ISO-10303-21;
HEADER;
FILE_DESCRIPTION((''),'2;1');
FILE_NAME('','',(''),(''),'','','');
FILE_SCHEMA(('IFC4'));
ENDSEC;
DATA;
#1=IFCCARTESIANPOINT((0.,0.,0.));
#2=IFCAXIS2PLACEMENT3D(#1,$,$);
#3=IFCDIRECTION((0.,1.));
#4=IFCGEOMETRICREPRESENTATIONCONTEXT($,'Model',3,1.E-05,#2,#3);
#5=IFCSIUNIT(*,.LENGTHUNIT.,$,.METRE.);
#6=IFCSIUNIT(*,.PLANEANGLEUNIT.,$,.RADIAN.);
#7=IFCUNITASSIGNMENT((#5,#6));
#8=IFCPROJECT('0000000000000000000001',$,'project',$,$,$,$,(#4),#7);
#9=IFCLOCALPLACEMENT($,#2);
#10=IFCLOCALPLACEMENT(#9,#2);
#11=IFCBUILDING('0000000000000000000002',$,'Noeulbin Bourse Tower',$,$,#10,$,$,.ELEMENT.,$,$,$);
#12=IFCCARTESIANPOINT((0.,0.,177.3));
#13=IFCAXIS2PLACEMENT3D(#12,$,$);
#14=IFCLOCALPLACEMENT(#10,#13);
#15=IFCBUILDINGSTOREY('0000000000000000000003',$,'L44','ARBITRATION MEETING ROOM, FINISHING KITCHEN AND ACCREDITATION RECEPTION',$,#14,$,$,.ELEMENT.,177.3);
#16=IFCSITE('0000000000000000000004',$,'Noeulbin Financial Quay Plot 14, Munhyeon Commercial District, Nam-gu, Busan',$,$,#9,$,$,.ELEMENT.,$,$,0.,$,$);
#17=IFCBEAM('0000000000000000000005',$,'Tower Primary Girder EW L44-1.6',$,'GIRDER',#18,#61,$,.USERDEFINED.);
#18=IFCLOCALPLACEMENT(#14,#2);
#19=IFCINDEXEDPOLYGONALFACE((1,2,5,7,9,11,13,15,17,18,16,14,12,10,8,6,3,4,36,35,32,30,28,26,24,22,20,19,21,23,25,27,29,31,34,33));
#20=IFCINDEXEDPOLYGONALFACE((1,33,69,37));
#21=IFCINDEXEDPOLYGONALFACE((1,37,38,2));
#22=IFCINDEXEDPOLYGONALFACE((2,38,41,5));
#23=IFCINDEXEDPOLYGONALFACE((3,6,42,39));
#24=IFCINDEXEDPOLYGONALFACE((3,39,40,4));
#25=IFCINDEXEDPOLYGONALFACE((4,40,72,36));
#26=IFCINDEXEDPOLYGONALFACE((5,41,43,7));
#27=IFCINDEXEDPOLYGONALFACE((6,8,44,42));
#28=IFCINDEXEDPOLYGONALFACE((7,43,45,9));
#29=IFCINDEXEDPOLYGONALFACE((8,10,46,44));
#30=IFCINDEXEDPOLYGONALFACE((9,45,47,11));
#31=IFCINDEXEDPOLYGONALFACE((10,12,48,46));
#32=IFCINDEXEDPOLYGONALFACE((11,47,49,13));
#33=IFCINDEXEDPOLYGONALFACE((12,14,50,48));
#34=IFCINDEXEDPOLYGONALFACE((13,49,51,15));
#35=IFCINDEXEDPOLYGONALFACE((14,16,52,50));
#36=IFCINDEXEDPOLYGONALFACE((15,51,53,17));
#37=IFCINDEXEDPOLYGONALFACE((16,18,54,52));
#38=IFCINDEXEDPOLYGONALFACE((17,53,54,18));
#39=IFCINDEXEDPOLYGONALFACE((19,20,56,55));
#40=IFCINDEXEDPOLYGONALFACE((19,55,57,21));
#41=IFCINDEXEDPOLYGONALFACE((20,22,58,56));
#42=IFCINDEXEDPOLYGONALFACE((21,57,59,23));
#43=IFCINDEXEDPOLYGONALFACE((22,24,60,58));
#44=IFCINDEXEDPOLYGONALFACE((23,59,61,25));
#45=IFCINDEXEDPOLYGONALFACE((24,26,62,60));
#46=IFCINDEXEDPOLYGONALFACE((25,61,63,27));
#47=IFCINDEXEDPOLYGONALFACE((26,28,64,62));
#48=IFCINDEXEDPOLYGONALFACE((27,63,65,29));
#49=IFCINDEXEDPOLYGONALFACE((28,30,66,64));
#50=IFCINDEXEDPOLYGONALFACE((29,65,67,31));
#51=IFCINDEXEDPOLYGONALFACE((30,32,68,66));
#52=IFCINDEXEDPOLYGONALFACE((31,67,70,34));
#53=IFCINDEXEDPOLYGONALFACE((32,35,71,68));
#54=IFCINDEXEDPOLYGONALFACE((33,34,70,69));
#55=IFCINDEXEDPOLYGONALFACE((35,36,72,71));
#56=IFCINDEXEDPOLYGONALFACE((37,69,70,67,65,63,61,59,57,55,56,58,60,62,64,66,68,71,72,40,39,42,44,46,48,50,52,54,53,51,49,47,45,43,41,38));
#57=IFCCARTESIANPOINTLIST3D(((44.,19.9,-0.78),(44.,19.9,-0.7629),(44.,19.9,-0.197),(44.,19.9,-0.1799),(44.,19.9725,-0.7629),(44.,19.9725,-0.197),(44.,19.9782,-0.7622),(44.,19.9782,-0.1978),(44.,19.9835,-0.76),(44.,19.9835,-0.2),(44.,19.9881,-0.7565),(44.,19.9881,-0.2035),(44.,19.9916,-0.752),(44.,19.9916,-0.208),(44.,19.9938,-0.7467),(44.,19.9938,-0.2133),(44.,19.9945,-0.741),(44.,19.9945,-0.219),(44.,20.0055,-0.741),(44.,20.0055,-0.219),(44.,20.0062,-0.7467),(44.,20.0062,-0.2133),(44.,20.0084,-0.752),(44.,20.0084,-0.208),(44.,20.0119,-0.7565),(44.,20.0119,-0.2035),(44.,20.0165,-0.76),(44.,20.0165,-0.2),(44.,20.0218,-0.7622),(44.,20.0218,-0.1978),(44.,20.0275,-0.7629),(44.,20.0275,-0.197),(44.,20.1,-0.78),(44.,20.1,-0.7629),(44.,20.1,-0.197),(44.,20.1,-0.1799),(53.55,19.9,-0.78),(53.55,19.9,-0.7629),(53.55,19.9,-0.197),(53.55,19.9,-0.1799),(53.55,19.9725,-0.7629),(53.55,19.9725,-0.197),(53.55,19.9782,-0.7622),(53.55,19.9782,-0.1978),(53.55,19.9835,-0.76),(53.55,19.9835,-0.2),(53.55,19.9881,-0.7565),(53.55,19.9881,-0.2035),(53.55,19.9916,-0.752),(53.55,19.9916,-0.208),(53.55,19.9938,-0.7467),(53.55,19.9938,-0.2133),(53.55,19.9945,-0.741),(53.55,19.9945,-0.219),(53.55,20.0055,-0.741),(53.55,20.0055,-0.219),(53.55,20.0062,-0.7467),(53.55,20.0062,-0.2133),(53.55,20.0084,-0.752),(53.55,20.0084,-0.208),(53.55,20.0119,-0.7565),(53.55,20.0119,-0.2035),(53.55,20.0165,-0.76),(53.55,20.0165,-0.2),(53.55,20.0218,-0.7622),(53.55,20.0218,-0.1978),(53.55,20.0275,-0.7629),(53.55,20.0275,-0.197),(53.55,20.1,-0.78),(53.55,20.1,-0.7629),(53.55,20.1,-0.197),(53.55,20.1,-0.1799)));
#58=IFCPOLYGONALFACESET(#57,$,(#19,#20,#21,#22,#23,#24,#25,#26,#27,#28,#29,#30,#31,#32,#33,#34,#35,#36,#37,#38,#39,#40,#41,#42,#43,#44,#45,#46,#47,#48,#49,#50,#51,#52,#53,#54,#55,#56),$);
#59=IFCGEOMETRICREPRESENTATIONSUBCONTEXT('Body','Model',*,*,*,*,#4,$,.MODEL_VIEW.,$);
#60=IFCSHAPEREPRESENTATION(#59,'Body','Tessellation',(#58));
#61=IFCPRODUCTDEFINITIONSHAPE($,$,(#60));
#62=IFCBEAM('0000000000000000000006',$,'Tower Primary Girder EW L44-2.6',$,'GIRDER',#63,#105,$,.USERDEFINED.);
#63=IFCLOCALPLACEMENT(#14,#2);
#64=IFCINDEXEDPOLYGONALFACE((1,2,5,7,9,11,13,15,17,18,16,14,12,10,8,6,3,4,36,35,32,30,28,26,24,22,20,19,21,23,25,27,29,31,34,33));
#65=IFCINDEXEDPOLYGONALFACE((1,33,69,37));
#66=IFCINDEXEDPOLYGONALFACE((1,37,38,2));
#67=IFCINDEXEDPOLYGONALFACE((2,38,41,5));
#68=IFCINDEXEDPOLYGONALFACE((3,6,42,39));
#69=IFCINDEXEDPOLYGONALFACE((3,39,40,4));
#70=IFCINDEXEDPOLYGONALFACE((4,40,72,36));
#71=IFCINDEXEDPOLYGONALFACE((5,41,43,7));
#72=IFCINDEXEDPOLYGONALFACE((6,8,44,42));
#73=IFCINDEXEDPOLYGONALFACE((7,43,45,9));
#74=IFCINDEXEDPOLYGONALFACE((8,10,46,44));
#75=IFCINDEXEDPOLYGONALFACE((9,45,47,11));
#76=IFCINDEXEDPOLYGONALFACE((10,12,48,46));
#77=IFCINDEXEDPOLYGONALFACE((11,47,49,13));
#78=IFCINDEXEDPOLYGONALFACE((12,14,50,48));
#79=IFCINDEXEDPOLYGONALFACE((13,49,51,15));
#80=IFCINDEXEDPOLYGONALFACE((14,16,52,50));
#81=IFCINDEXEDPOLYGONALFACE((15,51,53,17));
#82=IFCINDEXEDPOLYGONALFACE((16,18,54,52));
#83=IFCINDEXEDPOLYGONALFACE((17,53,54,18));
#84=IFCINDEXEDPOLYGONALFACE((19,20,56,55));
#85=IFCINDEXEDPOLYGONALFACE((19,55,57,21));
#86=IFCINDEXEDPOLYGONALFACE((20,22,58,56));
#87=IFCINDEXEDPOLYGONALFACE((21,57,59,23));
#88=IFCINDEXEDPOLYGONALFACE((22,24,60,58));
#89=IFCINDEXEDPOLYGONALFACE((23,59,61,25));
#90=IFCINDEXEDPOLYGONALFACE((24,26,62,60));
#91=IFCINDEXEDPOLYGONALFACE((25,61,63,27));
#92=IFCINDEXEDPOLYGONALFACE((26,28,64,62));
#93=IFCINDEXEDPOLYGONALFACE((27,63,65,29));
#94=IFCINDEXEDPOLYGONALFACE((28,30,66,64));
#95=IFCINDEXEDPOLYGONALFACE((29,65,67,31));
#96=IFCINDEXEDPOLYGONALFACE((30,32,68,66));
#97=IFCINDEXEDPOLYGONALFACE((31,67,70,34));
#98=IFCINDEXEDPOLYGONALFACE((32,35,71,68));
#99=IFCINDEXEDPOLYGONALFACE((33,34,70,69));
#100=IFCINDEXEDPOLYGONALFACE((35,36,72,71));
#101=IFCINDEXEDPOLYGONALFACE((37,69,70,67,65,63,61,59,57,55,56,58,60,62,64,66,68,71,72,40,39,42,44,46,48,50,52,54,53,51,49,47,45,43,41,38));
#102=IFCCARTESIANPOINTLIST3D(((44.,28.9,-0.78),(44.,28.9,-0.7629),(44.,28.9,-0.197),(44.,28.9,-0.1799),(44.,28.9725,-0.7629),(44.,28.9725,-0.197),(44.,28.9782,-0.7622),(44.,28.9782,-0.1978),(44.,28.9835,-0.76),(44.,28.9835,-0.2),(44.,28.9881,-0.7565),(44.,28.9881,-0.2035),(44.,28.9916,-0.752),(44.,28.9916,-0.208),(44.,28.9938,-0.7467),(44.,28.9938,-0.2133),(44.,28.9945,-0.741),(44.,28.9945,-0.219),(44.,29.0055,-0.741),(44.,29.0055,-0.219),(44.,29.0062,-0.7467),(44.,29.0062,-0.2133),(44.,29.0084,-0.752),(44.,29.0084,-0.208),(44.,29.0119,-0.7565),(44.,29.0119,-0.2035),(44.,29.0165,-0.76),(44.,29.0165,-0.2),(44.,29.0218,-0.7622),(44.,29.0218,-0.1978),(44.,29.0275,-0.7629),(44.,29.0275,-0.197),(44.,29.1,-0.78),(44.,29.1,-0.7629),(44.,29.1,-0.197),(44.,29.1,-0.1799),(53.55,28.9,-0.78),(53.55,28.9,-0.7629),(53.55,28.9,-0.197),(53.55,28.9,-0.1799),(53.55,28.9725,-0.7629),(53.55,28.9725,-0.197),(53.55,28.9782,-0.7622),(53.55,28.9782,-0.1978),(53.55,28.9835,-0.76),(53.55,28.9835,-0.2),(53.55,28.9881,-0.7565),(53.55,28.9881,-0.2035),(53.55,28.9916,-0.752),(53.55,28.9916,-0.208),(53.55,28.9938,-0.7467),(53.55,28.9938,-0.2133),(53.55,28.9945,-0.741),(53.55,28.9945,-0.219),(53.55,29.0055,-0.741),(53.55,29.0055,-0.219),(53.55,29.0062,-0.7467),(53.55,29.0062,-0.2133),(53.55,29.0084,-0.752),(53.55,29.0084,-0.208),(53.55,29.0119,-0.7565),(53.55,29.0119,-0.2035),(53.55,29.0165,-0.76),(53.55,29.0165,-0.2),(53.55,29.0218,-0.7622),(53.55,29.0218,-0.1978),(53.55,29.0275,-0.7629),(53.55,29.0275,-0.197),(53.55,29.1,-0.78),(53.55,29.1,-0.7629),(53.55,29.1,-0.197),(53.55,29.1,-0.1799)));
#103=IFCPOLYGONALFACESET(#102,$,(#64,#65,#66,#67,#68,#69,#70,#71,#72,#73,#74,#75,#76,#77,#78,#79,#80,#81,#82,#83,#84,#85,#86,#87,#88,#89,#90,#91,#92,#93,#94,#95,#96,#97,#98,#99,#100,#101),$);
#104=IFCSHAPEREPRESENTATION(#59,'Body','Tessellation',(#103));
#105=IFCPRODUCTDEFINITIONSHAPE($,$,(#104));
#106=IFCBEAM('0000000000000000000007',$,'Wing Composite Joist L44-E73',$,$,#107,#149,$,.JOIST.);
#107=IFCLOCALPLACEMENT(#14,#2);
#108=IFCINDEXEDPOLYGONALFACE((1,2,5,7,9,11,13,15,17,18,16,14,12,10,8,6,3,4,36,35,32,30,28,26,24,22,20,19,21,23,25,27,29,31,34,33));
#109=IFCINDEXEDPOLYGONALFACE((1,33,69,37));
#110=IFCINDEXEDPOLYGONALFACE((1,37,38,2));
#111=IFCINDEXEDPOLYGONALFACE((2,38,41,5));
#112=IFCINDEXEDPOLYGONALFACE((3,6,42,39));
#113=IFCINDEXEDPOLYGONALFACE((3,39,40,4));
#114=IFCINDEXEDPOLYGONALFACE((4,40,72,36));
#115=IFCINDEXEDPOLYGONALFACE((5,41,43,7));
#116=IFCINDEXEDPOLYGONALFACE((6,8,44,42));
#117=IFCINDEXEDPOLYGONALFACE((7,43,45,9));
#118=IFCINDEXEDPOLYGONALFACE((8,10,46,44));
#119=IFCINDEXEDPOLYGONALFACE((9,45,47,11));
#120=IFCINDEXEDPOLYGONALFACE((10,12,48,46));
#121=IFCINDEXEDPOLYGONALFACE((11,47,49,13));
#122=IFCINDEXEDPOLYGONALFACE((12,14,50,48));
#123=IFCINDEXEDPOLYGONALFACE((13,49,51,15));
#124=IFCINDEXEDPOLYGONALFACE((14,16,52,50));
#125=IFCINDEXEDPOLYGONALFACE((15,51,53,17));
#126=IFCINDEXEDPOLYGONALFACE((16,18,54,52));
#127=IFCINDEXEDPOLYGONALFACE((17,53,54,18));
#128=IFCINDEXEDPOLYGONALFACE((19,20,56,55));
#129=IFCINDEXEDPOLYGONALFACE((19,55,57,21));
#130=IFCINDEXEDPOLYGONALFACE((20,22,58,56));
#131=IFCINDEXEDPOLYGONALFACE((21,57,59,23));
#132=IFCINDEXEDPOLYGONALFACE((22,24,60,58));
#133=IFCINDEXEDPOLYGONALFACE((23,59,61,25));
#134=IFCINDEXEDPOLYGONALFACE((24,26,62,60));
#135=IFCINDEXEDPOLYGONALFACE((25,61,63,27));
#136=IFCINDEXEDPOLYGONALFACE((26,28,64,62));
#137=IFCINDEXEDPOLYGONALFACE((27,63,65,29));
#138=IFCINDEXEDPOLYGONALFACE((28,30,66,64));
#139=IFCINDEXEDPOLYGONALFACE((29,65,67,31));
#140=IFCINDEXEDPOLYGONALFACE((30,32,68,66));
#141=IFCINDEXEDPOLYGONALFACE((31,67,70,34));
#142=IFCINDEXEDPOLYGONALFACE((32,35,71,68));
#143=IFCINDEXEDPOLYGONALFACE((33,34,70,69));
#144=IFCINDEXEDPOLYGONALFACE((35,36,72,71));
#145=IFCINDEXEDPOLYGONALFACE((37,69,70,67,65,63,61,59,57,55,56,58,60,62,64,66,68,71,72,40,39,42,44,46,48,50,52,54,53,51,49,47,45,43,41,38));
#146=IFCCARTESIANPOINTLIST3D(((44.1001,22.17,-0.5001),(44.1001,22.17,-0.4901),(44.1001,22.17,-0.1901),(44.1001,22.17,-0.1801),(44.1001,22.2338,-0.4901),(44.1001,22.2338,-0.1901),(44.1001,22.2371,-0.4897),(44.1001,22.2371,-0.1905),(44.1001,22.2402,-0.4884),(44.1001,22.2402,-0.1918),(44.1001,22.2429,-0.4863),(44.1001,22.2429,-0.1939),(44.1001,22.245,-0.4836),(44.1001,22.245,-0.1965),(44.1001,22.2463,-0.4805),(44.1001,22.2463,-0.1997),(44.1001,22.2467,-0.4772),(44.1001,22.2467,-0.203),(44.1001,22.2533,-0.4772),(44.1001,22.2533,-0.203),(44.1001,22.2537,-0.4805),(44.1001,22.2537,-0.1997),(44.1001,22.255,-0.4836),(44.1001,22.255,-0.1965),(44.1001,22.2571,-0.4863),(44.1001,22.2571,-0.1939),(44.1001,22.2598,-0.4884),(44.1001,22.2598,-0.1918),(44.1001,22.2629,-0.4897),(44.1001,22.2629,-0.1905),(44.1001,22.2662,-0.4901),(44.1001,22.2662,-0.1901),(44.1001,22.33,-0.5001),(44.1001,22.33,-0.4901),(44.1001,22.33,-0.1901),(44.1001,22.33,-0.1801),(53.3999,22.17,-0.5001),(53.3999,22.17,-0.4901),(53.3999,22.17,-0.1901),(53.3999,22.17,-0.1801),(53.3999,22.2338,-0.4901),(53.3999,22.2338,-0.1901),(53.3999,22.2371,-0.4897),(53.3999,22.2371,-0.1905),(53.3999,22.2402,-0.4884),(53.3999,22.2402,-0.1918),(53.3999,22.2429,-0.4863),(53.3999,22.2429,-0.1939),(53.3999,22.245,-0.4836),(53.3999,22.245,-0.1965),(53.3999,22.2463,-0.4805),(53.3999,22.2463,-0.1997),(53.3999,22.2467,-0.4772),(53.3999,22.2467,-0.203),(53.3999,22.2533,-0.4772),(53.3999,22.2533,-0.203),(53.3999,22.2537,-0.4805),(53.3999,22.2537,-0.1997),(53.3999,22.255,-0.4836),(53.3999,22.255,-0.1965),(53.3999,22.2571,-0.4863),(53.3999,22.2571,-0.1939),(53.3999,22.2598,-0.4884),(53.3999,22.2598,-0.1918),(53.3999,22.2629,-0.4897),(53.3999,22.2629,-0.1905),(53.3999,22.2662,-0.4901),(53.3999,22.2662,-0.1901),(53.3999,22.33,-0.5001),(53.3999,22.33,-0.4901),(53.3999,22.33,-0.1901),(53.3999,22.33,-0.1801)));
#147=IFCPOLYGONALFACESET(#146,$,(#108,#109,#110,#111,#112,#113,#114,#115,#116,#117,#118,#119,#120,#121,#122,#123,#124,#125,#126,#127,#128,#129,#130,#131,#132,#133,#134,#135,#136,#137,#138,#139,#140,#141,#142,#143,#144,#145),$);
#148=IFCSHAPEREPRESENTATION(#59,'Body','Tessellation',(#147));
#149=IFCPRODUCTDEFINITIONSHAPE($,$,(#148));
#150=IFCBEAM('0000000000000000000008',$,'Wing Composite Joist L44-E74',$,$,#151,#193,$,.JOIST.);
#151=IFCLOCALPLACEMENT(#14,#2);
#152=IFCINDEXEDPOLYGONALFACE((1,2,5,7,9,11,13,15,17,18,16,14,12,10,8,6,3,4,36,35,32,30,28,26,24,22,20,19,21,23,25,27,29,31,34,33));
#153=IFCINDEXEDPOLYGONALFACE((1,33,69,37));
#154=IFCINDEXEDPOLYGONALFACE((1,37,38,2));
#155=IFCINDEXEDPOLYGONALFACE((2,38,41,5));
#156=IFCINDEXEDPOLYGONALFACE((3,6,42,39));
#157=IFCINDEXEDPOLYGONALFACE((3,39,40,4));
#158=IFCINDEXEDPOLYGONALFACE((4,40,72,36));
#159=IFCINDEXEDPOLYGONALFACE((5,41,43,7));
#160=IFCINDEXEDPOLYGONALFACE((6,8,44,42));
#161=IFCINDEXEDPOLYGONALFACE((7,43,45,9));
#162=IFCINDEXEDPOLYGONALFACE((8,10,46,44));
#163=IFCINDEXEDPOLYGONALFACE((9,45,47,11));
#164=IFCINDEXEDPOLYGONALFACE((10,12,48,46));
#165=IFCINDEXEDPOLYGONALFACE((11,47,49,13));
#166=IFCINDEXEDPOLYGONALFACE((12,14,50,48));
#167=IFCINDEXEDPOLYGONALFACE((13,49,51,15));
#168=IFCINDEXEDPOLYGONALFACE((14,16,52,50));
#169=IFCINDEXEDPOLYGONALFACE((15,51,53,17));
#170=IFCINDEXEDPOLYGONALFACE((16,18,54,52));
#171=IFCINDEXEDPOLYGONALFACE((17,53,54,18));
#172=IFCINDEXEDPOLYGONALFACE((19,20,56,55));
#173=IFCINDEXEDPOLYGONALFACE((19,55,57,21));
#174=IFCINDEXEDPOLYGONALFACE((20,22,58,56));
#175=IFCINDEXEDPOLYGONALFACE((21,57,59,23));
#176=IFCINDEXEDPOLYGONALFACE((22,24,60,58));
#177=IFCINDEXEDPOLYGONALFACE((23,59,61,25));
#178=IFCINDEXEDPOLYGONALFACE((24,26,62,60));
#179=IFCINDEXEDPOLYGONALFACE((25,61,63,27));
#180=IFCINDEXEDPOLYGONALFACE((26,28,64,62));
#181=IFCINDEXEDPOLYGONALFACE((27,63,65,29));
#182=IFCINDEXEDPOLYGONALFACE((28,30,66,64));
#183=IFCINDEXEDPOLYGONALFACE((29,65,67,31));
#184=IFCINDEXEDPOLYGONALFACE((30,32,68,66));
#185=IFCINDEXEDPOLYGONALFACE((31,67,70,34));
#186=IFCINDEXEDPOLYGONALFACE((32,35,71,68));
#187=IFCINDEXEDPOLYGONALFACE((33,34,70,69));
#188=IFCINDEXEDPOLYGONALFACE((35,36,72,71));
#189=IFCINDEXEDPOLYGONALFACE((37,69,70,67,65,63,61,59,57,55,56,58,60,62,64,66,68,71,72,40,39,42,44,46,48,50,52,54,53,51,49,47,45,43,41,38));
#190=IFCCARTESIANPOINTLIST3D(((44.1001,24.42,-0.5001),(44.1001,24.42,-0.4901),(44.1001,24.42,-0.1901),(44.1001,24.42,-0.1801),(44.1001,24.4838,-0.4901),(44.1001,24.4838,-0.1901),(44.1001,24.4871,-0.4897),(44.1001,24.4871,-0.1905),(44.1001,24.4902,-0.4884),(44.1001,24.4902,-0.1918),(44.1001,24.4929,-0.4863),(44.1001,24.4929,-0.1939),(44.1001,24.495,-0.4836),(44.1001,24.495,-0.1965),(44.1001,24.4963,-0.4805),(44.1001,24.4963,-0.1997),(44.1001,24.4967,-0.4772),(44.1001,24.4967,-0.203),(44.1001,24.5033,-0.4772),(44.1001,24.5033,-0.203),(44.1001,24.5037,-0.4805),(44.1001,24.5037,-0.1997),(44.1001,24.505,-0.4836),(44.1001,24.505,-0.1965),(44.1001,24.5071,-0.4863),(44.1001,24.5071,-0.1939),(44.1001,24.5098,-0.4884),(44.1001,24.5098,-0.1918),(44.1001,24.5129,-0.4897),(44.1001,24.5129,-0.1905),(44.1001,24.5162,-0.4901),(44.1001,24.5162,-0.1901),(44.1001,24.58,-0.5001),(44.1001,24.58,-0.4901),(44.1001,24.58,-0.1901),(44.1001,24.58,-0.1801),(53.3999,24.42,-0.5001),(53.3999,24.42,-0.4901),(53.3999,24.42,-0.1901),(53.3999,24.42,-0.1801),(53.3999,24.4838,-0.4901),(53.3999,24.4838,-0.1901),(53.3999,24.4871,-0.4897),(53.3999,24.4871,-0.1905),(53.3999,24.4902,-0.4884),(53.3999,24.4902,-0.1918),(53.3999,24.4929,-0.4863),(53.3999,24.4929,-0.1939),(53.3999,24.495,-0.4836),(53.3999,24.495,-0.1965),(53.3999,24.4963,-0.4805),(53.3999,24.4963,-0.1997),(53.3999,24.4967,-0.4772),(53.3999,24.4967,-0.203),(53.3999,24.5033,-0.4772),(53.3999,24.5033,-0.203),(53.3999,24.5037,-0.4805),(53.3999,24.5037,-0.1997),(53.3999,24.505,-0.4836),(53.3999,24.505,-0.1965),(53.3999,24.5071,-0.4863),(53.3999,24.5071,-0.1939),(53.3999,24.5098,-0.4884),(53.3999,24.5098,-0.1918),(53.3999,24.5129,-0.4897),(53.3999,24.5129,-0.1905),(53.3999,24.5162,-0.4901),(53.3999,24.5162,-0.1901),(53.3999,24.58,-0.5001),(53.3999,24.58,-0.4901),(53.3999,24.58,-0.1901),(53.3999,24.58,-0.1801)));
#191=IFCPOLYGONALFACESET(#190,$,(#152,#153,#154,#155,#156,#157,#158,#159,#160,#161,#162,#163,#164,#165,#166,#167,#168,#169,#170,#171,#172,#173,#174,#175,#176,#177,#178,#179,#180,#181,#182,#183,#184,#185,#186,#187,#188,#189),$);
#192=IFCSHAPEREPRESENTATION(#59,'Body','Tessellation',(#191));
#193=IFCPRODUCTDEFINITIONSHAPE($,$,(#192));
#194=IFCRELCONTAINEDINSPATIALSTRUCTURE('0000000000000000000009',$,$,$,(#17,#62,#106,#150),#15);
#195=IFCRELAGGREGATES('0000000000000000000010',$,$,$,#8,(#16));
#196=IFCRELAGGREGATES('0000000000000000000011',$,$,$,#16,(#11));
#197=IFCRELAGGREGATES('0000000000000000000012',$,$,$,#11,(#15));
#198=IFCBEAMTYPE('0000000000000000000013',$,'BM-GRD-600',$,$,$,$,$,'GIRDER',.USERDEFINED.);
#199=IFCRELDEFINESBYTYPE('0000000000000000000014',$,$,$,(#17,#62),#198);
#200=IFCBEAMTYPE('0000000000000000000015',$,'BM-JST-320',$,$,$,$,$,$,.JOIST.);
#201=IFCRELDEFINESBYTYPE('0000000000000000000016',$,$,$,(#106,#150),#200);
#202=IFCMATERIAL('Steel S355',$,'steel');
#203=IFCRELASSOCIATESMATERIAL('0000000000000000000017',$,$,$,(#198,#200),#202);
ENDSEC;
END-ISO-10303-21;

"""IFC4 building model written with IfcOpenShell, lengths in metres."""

from ifc_helpers import new_model, si_unit, direction, frame, origin, origin_2d, place, context, subcontext, project, spatial, i_section, extrude, material, material_profile, profile_set, type_object, element, save


model = new_model("IFC4")

# Units and contexts
model_context = context("Model", 3, precision=1e-05, world=origin(), true_north=direction((0.0, 1.0)))
body_context = subcontext(model_context, "Body", "Model", "MODEL_VIEW")
ifc_project = project(units=[si_unit("LENGTHUNIT", "METRE"), si_unit("PLANEANGLEUNIT", "RADIAN")], contexts=[model_context])

# Site, building, storey
site_placement = place(None, origin())
site = spatial("IfcSite", under=ifc_project, at=site_placement, Name="Noeulbin Financial Quay Plot 14, Munhyeon Commercial District, Nam-gu, Busan", CompositionType="ELEMENT", RefElevation=0.0)
building_placement = place(site_placement, origin())
building = spatial("IfcBuilding", under=site, at=building_placement, Name="Noeulbin Bourse Tower", CompositionType="ELEMENT")
storey_placement = place(building_placement, frame((0.0, 0.0, 177.3)))
storey = spatial("IfcBuildingStorey", under=building, at=storey_placement, Name="L44", Description="ARBITRATION MEETING ROOM, FINISHING KITCHEN AND ACCREDITATION RECEPTION", CompositionType="ELEMENT", Elevation=177.3)

# Shared definitions
ifc_material_1 = material(Name="Steel S355", Category="steel")

# Beams
ifc_material_profile_1 = material_profile(ifc_material_1, i_section(OverallWidth=0.2, OverallDepth=0.6001, WebThickness=0.011, FlangeThickness=0.0171, FilletRadius=0.022, at=origin_2d()), Name="H-600x200x11x17", Category="LoadBearing")
ifc_profile_set_1 = profile_set([ifc_material_profile_1], Name="Steel S355")
beam_type_1 = type_object("IfcBeamType", Name="BM-GRD-600", ElementType="GIRDER", PredefinedType="USERDEFINED", material=ifc_profile_set_1)
for number, where, z_axis, x_axis, name in (
    (1, (44.0, 20.0, -0.48), (1.0, 0.0, 0.0), (0.0, 1.0, 0.0), "Tower Primary Girder EW L44-1.6"),
    (2, (44.0, 29.0, -0.48), (1.0, 0.0, 0.0), (0.0, 1.0, 0.0), "Tower Primary Girder EW L44-2.6"),
):
    element("IfcBeam", number, at=place(storey_placement, frame(where, z_axis=z_axis, x_axis=x_axis)), inside=storey, type_object=beam_type_1, Name=name, ObjectType="GIRDER", PredefinedType="USERDEFINED", context=body_context, shape_type="SweptSolid", body=[
        extrude(i_section(OverallWidth=0.2, OverallDepth=0.6001, WebThickness=0.011, FlangeThickness=0.0171, FilletRadius=0.022, at=origin_2d()), origin(), (0.0, 0.0, 1.0), 9.55),
    ])
ifc_material_profile_2 = material_profile(ifc_material_1, i_section(OverallWidth=0.1599, OverallDepth=0.3201, WebThickness=0.0066, FlangeThickness=0.01, FilletRadius=0.0129, at=origin_2d()), Name="H-320x160x6.5x10", Category="LoadBearing")
ifc_profile_set_2 = profile_set([ifc_material_profile_2], Name="Steel S355")
beam_type_2 = type_object("IfcBeamType", Name="BM-JST-320", PredefinedType="JOIST", material=ifc_profile_set_2)
for number, where, z_axis, x_axis, name in (
    (3, (44.1001, 22.25, -0.3401), (1.0, 0.0, 0.0), (0.0, 1.0, 0.0), "Wing Composite Joist L44-E73"),
    (4, (44.1001, 24.5, -0.3401), (1.0, 0.0, 0.0), (0.0, 1.0, 0.0), "Wing Composite Joist L44-E74"),
):
    element("IfcBeam", number, at=place(storey_placement, frame(where, z_axis=z_axis, x_axis=x_axis)), inside=storey, type_object=beam_type_2, Name=name, PredefinedType="JOIST", context=body_context, shape_type="SweptSolid", body=[
        extrude(i_section(OverallWidth=0.1599, OverallDepth=0.3201, WebThickness=0.0066, FlangeThickness=0.01, FilletRadius=0.0129, at=origin_2d()), origin(), (0.0, 0.0, 1.0), 9.2998),
    ])

save(model, "model.ifc")
